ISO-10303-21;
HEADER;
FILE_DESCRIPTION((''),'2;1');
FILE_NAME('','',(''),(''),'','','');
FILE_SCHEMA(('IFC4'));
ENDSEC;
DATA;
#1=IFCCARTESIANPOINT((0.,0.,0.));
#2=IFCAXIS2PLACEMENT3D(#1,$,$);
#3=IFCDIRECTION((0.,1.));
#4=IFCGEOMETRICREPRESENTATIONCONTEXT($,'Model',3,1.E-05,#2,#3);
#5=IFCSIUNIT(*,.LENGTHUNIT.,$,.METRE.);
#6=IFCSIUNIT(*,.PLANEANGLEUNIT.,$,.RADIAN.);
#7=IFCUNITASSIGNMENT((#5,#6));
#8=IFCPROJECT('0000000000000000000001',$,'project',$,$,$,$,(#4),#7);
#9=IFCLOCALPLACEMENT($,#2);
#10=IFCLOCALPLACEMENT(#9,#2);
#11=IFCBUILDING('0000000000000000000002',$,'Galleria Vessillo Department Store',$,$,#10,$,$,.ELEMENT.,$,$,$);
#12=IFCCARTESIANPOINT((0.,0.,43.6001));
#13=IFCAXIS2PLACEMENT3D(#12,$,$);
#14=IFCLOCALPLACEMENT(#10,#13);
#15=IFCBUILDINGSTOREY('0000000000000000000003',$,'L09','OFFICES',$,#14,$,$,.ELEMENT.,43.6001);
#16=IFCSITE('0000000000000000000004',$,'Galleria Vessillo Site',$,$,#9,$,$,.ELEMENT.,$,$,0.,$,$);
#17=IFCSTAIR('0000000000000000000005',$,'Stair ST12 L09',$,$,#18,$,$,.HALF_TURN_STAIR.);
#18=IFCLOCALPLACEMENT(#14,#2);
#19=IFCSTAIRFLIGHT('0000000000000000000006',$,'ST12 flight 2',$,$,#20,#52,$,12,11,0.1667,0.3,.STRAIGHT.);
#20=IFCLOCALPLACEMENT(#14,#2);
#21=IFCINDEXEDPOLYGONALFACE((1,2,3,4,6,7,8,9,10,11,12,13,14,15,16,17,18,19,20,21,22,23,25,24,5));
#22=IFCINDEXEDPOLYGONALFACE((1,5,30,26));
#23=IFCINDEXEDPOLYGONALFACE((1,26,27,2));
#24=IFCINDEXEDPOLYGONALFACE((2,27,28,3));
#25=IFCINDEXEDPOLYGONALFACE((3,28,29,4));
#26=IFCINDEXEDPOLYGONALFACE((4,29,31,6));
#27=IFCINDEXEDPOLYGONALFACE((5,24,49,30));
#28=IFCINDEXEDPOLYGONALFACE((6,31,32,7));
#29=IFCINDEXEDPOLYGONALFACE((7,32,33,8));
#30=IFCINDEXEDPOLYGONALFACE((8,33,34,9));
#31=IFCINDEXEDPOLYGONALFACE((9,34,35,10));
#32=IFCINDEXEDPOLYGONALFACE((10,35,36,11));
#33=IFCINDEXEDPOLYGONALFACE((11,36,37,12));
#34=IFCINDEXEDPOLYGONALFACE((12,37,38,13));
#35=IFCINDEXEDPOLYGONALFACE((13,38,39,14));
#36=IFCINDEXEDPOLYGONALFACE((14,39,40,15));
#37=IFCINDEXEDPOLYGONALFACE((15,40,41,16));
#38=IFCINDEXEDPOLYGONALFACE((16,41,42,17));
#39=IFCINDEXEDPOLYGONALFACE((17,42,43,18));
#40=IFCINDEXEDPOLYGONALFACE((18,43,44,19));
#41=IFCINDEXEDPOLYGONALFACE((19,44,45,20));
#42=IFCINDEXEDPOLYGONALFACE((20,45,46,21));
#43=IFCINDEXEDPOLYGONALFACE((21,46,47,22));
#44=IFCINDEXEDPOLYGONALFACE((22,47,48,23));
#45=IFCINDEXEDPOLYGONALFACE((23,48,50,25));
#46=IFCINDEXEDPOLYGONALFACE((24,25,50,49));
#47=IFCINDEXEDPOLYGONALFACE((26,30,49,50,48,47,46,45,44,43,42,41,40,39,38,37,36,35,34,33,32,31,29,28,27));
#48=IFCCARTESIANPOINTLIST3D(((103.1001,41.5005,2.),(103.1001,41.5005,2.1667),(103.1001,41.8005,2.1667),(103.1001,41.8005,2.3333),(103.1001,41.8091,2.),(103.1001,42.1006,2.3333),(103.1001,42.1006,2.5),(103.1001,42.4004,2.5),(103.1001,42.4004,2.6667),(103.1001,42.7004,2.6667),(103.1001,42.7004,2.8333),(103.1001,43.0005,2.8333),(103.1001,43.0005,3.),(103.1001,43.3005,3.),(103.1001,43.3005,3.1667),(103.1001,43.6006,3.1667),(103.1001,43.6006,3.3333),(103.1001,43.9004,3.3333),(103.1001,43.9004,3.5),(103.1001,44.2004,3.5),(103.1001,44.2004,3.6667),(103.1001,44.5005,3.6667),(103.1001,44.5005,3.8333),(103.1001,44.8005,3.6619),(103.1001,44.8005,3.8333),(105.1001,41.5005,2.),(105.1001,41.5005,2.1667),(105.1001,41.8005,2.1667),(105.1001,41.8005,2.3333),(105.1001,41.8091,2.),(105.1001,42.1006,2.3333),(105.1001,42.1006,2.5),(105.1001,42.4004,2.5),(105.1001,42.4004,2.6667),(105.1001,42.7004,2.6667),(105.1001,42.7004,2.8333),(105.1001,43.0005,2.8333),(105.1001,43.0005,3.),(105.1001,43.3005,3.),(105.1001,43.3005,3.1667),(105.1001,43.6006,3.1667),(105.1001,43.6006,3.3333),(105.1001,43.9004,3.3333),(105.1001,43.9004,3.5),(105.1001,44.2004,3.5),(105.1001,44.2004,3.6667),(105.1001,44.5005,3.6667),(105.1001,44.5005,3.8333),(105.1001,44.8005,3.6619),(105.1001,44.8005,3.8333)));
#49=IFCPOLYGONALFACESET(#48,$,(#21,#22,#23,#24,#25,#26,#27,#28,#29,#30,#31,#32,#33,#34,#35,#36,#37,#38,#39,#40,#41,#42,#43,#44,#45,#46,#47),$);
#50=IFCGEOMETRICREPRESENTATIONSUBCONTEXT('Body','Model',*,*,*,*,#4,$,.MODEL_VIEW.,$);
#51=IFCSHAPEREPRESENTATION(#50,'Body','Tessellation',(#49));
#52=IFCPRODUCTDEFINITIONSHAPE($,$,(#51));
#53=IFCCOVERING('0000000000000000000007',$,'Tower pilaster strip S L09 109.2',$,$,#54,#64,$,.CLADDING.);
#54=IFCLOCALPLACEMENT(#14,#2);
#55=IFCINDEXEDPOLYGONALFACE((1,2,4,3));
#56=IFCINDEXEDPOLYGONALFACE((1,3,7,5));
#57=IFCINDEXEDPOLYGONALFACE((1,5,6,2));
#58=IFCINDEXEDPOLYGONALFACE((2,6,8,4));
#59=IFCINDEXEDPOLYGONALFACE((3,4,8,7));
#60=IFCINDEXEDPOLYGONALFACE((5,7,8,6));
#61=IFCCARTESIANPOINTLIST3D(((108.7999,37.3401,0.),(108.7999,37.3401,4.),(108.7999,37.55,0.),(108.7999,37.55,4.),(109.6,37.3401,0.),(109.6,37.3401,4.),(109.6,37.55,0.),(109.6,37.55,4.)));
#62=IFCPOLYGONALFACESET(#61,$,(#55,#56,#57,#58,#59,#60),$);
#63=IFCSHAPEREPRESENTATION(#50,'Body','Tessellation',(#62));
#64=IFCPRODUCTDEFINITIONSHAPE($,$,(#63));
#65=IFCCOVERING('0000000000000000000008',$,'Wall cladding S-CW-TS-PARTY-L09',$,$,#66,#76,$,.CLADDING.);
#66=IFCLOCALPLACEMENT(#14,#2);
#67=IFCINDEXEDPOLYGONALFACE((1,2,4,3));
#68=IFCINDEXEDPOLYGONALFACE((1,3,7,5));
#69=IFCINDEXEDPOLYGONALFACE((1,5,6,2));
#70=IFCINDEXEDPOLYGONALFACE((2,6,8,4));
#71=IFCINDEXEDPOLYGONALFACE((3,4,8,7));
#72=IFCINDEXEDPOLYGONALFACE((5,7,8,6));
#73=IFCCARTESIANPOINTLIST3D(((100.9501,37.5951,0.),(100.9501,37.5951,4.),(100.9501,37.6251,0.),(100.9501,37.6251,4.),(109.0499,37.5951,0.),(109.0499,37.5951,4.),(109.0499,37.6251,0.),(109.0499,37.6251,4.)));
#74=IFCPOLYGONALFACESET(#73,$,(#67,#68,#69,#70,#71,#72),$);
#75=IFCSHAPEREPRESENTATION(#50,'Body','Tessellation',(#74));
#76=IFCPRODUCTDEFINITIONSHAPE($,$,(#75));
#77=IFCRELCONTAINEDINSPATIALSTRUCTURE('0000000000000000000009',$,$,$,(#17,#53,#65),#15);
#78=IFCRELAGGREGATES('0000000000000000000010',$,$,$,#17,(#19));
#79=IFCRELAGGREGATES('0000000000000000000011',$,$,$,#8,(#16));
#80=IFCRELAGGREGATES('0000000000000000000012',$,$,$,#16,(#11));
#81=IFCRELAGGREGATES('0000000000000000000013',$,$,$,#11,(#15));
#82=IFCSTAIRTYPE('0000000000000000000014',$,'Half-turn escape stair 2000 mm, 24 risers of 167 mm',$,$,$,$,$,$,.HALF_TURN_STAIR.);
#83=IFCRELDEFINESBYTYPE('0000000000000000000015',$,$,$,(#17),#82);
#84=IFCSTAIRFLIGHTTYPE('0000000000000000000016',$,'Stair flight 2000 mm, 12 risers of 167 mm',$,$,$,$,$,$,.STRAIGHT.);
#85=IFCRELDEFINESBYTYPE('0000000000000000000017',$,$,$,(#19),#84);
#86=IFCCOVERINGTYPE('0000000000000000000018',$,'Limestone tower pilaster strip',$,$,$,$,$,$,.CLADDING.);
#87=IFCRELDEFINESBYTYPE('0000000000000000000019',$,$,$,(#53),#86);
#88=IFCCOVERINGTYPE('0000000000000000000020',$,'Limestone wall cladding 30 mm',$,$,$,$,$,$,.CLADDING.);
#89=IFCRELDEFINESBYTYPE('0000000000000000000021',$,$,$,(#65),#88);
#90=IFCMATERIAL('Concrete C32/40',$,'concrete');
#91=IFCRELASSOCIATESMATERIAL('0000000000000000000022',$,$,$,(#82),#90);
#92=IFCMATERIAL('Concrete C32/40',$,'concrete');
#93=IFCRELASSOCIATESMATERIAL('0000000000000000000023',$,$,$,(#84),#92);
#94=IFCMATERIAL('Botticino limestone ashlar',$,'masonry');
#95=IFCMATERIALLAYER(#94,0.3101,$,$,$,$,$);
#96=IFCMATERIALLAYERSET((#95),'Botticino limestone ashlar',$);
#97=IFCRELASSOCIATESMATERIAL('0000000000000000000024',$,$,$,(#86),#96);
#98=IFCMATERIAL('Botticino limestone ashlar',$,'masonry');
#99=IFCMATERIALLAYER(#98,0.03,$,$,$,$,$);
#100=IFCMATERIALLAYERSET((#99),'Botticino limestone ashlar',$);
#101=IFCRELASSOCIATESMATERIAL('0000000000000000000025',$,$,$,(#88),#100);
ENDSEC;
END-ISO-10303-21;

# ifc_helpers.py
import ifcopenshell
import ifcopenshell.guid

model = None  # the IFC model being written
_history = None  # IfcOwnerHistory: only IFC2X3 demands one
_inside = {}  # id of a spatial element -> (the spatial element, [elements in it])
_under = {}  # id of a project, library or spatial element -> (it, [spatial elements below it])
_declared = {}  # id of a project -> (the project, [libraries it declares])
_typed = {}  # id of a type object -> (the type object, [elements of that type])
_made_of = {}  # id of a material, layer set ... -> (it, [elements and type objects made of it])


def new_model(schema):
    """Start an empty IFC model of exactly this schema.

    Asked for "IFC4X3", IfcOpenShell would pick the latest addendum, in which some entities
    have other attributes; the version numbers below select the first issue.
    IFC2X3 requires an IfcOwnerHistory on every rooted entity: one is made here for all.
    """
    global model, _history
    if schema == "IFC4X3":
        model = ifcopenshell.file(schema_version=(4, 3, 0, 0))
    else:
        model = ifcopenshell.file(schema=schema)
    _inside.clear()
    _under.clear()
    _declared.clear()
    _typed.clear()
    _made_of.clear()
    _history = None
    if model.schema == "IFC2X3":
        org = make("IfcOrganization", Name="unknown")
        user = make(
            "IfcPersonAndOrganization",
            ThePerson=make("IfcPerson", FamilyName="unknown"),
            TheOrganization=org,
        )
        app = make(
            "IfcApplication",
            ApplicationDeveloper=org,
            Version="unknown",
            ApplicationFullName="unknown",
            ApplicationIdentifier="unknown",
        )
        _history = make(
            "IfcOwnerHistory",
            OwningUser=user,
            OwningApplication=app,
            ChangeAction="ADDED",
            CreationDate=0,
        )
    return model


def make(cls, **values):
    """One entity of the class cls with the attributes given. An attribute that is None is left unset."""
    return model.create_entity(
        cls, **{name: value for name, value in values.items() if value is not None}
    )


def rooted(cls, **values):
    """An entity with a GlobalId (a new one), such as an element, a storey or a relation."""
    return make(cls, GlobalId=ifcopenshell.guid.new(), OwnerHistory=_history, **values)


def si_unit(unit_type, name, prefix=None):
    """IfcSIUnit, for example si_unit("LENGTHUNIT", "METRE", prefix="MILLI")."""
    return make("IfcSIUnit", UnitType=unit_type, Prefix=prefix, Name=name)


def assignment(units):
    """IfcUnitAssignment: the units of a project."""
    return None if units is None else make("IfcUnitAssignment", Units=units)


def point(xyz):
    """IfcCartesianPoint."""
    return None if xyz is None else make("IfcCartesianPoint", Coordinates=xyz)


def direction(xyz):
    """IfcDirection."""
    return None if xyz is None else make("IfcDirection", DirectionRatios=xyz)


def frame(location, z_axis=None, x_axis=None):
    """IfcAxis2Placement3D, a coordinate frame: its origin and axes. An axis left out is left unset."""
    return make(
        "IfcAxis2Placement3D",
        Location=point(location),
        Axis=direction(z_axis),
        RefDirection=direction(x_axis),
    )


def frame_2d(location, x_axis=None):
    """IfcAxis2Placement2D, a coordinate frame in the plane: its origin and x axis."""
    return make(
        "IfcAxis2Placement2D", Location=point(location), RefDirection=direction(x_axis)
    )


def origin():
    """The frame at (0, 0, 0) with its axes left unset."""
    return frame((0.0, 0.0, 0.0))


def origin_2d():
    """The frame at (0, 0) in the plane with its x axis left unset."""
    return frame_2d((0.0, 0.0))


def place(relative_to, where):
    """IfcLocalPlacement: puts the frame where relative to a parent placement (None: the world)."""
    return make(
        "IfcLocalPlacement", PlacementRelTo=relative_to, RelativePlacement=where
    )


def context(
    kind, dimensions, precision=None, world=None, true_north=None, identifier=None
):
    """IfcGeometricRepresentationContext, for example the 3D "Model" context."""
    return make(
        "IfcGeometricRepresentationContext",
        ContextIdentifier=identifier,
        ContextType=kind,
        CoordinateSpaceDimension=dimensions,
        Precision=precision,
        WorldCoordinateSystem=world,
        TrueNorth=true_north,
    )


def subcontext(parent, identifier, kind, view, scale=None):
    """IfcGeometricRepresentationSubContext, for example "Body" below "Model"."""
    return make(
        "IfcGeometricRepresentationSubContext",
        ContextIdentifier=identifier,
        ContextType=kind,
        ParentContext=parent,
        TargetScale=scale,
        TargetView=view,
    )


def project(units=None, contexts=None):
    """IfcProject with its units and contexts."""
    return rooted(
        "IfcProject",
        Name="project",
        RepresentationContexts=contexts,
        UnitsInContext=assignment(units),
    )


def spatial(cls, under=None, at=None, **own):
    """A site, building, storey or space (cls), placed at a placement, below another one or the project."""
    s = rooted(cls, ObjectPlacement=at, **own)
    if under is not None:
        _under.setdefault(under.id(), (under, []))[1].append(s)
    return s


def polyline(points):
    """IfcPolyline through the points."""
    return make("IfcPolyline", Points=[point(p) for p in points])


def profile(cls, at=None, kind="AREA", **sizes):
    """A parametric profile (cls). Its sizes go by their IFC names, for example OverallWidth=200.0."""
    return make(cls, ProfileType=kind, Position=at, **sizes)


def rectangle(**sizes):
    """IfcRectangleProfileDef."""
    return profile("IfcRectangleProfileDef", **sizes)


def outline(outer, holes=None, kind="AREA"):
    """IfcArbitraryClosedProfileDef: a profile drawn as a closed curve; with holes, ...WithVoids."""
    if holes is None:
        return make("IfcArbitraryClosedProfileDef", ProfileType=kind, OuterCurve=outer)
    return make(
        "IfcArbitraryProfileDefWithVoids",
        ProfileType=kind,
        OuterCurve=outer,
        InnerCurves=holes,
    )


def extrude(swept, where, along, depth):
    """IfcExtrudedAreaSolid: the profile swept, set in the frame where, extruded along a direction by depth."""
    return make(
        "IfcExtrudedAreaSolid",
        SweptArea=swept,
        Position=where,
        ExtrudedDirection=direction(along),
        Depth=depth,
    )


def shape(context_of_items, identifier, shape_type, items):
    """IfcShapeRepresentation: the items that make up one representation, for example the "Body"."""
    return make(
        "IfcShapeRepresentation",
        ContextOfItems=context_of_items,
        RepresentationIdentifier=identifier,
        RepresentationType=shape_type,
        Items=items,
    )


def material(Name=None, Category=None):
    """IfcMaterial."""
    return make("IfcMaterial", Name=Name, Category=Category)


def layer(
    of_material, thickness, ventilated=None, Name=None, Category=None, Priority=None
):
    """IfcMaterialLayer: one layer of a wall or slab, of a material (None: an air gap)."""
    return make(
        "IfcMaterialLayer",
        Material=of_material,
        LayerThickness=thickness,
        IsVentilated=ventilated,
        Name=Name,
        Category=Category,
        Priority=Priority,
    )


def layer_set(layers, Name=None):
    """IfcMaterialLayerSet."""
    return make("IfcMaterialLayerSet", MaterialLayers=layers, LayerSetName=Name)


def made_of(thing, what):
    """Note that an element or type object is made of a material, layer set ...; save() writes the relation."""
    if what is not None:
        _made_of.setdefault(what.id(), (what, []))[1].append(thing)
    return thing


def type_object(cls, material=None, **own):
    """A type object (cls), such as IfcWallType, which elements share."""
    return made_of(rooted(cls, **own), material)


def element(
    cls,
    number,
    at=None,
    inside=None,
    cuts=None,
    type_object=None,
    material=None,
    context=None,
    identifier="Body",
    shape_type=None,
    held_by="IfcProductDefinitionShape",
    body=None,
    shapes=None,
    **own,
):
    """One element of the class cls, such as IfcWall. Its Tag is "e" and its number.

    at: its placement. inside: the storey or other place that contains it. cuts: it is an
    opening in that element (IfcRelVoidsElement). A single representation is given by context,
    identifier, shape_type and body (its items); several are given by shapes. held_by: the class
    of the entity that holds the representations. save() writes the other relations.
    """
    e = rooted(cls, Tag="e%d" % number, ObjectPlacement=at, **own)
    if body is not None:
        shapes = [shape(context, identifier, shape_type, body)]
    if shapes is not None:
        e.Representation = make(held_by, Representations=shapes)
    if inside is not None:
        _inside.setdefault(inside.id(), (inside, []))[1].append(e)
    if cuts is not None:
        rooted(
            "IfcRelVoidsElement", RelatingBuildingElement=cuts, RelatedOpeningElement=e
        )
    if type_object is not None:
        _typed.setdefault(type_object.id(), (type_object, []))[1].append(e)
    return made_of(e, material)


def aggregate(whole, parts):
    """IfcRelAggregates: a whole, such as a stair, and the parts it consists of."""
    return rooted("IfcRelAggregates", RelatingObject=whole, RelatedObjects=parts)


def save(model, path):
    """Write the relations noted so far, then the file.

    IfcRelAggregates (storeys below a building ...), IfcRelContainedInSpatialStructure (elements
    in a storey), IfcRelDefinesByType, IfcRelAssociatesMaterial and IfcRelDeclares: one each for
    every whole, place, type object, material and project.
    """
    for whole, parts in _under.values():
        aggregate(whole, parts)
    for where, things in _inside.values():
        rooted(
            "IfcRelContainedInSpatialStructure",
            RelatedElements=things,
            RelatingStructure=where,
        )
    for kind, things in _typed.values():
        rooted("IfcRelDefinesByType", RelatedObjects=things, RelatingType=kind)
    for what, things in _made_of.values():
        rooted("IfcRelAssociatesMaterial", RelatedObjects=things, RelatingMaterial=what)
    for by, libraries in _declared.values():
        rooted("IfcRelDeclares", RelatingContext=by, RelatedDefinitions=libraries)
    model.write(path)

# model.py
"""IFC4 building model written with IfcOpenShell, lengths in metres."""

from ifc_helpers import new_model, si_unit, direction, frame, origin, origin_2d, place, context, subcontext, project, spatial, polyline, rectangle, outline, extrude, material, layer, layer_set, type_object, element, aggregate, save


model = new_model("IFC4")

# Units and contexts
model_context = context("Model", 3, precision=1e-05, world=origin(), true_north=direction((0.0, 1.0)))
body_context = subcontext(model_context, "Body", "Model", "MODEL_VIEW")
ifc_project = project(units=[si_unit("LENGTHUNIT", "METRE"), si_unit("PLANEANGLEUNIT", "RADIAN")], contexts=[model_context])

# Site, building, storey
site_placement = place(None, origin())
site = spatial("IfcSite", under=ifc_project, at=site_placement, Name="Galleria Vessillo Site", CompositionType="ELEMENT", RefElevation=0.0)
building_placement = place(site_placement, origin())
building = spatial("IfcBuilding", under=site, at=building_placement, Name="Galleria Vessillo Department Store", CompositionType="ELEMENT")
storey_placement = place(building_placement, frame((0.0, 0.0, 43.6001)))
storey = spatial("IfcBuildingStorey", under=building, at=storey_placement, Name="L09", Description="OFFICES", CompositionType="ELEMENT", Elevation=43.6001)

# Stair, stair flight
ifc_material_1 = material(Name="Concrete C32/40", Category="concrete")
stair_type = type_object("IfcStairType", Name="Half-turn escape stair 2000 mm, 24 risers of 167 mm", PredefinedType="HALF_TURN_STAIR", material=ifc_material_1)
stair_placement = place(storey_placement, origin())
stair = element("IfcStair", 1, at=stair_placement, inside=storey, type_object=stair_type, Name="Stair ST12 L09", PredefinedType="HALF_TURN_STAIR")
ifc_material_2 = material(Name="Concrete C32/40", Category="concrete")
stair_flight_type = type_object("IfcStairFlightType", Name="Stair flight 2000 mm, 12 risers of 167 mm", PredefinedType="STRAIGHT", material=ifc_material_2)
stair_flight_placement = place(storey_placement, frame((104.1001, 41.5005, 2.0), z_axis=(0.0, 0.0, 1.0), x_axis=(0.0, 1.0, 0.0)))
stair_flight = element("IfcStairFlight", 2, at=stair_flight_placement, type_object=stair_flight_type, Name="ST12 flight 2", NumberOfRisers=12, NumberOfTreads=11, PredefinedType="STRAIGHT", RiserHeight=0.1667, TreadLength=0.3, context=body_context, shape_type="SweptSolid", body=[
    extrude(outline(polyline([(0.0, 0.0), (0.0, 0.1667), (0.3, 0.1667), (0.3, 0.3333), (0.6001, 0.3333), (0.6001, 0.5), (0.8999, 0.5), (0.8999, 0.6667), (1.2, 0.6667), (1.2, 0.8333), (1.5, 0.8333), (1.5, 1.0), (1.8, 1.0), (1.8, 1.1667), (2.1001, 1.1667), (2.1001, 1.3333), (2.3999, 1.3333), (2.3999, 1.5), (2.7, 1.5), (2.7, 1.6667), (3.0, 1.6667), (3.0, 1.8333), (3.3, 1.8333), (3.3, 2.0), (3.3, 1.6619), (0.3086, 0.0), (0.0, 0.0)])), frame((0.0, 1.0, 0.0), z_axis=(0.0, -1.0, 0.0), x_axis=(1.0, 0.0, 0.0)), (0.0, 0.0, 1.0), 2.0),
])
aggregate(stair, [stair_flight])

# Coverings
ifc_material_3 = material(Name="Botticino limestone ashlar", Category="masonry")
ifc_layer_1 = layer(ifc_material_3, 0.3101)
ifc_layer_set_1 = layer_set([ifc_layer_1], Name="Botticino limestone ashlar")
covering_type_1 = type_object("IfcCoveringType", Name="Limestone tower pilaster strip", PredefinedType="CLADDING", material=ifc_layer_set_1)
covering_1_placement = place(storey_placement, frame((109.2, 37.4451, 0.0), z_axis=(0.0, 0.0, 1.0), x_axis=(1.0, 0.0, 0.0)))
element("IfcCovering", 3, at=covering_1_placement, inside=storey, type_object=covering_type_1, Name="Tower pilaster strip S L09 109.2", PredefinedType="CLADDING", context=body_context, shape_type="SweptSolid", body=[
    extrude(rectangle(XDim=0.8, YDim=0.21, at=origin_2d()), origin(), (0.0, 0.0, 1.0), 4.0),
])
ifc_material_4 = material(Name="Botticino limestone ashlar", Category="masonry")
ifc_layer_2 = layer(ifc_material_4, 0.03)
ifc_layer_set_2 = layer_set([ifc_layer_2], Name="Botticino limestone ashlar")
covering_type_2 = type_object("IfcCoveringType", Name="Limestone wall cladding 30 mm", PredefinedType="CLADDING", material=ifc_layer_set_2)
covering_2_placement = place(storey_placement, frame((105.0, 37.6101, 0.0), z_axis=(0.0, 0.0, 1.0), x_axis=(1.0, 0.0, 0.0)))
element("IfcCovering", 4, at=covering_2_placement, inside=storey, type_object=covering_type_2, Name="Wall cladding S-CW-TS-PARTY-L09", PredefinedType="CLADDING", context=body_context, shape_type="SweptSolid", body=[
    extrude(rectangle(XDim=8.0999, YDim=0.03, at=origin_2d()), origin(), (0.0, 0.0, 1.0), 4.0),
])

save(model, "model.ifc")
